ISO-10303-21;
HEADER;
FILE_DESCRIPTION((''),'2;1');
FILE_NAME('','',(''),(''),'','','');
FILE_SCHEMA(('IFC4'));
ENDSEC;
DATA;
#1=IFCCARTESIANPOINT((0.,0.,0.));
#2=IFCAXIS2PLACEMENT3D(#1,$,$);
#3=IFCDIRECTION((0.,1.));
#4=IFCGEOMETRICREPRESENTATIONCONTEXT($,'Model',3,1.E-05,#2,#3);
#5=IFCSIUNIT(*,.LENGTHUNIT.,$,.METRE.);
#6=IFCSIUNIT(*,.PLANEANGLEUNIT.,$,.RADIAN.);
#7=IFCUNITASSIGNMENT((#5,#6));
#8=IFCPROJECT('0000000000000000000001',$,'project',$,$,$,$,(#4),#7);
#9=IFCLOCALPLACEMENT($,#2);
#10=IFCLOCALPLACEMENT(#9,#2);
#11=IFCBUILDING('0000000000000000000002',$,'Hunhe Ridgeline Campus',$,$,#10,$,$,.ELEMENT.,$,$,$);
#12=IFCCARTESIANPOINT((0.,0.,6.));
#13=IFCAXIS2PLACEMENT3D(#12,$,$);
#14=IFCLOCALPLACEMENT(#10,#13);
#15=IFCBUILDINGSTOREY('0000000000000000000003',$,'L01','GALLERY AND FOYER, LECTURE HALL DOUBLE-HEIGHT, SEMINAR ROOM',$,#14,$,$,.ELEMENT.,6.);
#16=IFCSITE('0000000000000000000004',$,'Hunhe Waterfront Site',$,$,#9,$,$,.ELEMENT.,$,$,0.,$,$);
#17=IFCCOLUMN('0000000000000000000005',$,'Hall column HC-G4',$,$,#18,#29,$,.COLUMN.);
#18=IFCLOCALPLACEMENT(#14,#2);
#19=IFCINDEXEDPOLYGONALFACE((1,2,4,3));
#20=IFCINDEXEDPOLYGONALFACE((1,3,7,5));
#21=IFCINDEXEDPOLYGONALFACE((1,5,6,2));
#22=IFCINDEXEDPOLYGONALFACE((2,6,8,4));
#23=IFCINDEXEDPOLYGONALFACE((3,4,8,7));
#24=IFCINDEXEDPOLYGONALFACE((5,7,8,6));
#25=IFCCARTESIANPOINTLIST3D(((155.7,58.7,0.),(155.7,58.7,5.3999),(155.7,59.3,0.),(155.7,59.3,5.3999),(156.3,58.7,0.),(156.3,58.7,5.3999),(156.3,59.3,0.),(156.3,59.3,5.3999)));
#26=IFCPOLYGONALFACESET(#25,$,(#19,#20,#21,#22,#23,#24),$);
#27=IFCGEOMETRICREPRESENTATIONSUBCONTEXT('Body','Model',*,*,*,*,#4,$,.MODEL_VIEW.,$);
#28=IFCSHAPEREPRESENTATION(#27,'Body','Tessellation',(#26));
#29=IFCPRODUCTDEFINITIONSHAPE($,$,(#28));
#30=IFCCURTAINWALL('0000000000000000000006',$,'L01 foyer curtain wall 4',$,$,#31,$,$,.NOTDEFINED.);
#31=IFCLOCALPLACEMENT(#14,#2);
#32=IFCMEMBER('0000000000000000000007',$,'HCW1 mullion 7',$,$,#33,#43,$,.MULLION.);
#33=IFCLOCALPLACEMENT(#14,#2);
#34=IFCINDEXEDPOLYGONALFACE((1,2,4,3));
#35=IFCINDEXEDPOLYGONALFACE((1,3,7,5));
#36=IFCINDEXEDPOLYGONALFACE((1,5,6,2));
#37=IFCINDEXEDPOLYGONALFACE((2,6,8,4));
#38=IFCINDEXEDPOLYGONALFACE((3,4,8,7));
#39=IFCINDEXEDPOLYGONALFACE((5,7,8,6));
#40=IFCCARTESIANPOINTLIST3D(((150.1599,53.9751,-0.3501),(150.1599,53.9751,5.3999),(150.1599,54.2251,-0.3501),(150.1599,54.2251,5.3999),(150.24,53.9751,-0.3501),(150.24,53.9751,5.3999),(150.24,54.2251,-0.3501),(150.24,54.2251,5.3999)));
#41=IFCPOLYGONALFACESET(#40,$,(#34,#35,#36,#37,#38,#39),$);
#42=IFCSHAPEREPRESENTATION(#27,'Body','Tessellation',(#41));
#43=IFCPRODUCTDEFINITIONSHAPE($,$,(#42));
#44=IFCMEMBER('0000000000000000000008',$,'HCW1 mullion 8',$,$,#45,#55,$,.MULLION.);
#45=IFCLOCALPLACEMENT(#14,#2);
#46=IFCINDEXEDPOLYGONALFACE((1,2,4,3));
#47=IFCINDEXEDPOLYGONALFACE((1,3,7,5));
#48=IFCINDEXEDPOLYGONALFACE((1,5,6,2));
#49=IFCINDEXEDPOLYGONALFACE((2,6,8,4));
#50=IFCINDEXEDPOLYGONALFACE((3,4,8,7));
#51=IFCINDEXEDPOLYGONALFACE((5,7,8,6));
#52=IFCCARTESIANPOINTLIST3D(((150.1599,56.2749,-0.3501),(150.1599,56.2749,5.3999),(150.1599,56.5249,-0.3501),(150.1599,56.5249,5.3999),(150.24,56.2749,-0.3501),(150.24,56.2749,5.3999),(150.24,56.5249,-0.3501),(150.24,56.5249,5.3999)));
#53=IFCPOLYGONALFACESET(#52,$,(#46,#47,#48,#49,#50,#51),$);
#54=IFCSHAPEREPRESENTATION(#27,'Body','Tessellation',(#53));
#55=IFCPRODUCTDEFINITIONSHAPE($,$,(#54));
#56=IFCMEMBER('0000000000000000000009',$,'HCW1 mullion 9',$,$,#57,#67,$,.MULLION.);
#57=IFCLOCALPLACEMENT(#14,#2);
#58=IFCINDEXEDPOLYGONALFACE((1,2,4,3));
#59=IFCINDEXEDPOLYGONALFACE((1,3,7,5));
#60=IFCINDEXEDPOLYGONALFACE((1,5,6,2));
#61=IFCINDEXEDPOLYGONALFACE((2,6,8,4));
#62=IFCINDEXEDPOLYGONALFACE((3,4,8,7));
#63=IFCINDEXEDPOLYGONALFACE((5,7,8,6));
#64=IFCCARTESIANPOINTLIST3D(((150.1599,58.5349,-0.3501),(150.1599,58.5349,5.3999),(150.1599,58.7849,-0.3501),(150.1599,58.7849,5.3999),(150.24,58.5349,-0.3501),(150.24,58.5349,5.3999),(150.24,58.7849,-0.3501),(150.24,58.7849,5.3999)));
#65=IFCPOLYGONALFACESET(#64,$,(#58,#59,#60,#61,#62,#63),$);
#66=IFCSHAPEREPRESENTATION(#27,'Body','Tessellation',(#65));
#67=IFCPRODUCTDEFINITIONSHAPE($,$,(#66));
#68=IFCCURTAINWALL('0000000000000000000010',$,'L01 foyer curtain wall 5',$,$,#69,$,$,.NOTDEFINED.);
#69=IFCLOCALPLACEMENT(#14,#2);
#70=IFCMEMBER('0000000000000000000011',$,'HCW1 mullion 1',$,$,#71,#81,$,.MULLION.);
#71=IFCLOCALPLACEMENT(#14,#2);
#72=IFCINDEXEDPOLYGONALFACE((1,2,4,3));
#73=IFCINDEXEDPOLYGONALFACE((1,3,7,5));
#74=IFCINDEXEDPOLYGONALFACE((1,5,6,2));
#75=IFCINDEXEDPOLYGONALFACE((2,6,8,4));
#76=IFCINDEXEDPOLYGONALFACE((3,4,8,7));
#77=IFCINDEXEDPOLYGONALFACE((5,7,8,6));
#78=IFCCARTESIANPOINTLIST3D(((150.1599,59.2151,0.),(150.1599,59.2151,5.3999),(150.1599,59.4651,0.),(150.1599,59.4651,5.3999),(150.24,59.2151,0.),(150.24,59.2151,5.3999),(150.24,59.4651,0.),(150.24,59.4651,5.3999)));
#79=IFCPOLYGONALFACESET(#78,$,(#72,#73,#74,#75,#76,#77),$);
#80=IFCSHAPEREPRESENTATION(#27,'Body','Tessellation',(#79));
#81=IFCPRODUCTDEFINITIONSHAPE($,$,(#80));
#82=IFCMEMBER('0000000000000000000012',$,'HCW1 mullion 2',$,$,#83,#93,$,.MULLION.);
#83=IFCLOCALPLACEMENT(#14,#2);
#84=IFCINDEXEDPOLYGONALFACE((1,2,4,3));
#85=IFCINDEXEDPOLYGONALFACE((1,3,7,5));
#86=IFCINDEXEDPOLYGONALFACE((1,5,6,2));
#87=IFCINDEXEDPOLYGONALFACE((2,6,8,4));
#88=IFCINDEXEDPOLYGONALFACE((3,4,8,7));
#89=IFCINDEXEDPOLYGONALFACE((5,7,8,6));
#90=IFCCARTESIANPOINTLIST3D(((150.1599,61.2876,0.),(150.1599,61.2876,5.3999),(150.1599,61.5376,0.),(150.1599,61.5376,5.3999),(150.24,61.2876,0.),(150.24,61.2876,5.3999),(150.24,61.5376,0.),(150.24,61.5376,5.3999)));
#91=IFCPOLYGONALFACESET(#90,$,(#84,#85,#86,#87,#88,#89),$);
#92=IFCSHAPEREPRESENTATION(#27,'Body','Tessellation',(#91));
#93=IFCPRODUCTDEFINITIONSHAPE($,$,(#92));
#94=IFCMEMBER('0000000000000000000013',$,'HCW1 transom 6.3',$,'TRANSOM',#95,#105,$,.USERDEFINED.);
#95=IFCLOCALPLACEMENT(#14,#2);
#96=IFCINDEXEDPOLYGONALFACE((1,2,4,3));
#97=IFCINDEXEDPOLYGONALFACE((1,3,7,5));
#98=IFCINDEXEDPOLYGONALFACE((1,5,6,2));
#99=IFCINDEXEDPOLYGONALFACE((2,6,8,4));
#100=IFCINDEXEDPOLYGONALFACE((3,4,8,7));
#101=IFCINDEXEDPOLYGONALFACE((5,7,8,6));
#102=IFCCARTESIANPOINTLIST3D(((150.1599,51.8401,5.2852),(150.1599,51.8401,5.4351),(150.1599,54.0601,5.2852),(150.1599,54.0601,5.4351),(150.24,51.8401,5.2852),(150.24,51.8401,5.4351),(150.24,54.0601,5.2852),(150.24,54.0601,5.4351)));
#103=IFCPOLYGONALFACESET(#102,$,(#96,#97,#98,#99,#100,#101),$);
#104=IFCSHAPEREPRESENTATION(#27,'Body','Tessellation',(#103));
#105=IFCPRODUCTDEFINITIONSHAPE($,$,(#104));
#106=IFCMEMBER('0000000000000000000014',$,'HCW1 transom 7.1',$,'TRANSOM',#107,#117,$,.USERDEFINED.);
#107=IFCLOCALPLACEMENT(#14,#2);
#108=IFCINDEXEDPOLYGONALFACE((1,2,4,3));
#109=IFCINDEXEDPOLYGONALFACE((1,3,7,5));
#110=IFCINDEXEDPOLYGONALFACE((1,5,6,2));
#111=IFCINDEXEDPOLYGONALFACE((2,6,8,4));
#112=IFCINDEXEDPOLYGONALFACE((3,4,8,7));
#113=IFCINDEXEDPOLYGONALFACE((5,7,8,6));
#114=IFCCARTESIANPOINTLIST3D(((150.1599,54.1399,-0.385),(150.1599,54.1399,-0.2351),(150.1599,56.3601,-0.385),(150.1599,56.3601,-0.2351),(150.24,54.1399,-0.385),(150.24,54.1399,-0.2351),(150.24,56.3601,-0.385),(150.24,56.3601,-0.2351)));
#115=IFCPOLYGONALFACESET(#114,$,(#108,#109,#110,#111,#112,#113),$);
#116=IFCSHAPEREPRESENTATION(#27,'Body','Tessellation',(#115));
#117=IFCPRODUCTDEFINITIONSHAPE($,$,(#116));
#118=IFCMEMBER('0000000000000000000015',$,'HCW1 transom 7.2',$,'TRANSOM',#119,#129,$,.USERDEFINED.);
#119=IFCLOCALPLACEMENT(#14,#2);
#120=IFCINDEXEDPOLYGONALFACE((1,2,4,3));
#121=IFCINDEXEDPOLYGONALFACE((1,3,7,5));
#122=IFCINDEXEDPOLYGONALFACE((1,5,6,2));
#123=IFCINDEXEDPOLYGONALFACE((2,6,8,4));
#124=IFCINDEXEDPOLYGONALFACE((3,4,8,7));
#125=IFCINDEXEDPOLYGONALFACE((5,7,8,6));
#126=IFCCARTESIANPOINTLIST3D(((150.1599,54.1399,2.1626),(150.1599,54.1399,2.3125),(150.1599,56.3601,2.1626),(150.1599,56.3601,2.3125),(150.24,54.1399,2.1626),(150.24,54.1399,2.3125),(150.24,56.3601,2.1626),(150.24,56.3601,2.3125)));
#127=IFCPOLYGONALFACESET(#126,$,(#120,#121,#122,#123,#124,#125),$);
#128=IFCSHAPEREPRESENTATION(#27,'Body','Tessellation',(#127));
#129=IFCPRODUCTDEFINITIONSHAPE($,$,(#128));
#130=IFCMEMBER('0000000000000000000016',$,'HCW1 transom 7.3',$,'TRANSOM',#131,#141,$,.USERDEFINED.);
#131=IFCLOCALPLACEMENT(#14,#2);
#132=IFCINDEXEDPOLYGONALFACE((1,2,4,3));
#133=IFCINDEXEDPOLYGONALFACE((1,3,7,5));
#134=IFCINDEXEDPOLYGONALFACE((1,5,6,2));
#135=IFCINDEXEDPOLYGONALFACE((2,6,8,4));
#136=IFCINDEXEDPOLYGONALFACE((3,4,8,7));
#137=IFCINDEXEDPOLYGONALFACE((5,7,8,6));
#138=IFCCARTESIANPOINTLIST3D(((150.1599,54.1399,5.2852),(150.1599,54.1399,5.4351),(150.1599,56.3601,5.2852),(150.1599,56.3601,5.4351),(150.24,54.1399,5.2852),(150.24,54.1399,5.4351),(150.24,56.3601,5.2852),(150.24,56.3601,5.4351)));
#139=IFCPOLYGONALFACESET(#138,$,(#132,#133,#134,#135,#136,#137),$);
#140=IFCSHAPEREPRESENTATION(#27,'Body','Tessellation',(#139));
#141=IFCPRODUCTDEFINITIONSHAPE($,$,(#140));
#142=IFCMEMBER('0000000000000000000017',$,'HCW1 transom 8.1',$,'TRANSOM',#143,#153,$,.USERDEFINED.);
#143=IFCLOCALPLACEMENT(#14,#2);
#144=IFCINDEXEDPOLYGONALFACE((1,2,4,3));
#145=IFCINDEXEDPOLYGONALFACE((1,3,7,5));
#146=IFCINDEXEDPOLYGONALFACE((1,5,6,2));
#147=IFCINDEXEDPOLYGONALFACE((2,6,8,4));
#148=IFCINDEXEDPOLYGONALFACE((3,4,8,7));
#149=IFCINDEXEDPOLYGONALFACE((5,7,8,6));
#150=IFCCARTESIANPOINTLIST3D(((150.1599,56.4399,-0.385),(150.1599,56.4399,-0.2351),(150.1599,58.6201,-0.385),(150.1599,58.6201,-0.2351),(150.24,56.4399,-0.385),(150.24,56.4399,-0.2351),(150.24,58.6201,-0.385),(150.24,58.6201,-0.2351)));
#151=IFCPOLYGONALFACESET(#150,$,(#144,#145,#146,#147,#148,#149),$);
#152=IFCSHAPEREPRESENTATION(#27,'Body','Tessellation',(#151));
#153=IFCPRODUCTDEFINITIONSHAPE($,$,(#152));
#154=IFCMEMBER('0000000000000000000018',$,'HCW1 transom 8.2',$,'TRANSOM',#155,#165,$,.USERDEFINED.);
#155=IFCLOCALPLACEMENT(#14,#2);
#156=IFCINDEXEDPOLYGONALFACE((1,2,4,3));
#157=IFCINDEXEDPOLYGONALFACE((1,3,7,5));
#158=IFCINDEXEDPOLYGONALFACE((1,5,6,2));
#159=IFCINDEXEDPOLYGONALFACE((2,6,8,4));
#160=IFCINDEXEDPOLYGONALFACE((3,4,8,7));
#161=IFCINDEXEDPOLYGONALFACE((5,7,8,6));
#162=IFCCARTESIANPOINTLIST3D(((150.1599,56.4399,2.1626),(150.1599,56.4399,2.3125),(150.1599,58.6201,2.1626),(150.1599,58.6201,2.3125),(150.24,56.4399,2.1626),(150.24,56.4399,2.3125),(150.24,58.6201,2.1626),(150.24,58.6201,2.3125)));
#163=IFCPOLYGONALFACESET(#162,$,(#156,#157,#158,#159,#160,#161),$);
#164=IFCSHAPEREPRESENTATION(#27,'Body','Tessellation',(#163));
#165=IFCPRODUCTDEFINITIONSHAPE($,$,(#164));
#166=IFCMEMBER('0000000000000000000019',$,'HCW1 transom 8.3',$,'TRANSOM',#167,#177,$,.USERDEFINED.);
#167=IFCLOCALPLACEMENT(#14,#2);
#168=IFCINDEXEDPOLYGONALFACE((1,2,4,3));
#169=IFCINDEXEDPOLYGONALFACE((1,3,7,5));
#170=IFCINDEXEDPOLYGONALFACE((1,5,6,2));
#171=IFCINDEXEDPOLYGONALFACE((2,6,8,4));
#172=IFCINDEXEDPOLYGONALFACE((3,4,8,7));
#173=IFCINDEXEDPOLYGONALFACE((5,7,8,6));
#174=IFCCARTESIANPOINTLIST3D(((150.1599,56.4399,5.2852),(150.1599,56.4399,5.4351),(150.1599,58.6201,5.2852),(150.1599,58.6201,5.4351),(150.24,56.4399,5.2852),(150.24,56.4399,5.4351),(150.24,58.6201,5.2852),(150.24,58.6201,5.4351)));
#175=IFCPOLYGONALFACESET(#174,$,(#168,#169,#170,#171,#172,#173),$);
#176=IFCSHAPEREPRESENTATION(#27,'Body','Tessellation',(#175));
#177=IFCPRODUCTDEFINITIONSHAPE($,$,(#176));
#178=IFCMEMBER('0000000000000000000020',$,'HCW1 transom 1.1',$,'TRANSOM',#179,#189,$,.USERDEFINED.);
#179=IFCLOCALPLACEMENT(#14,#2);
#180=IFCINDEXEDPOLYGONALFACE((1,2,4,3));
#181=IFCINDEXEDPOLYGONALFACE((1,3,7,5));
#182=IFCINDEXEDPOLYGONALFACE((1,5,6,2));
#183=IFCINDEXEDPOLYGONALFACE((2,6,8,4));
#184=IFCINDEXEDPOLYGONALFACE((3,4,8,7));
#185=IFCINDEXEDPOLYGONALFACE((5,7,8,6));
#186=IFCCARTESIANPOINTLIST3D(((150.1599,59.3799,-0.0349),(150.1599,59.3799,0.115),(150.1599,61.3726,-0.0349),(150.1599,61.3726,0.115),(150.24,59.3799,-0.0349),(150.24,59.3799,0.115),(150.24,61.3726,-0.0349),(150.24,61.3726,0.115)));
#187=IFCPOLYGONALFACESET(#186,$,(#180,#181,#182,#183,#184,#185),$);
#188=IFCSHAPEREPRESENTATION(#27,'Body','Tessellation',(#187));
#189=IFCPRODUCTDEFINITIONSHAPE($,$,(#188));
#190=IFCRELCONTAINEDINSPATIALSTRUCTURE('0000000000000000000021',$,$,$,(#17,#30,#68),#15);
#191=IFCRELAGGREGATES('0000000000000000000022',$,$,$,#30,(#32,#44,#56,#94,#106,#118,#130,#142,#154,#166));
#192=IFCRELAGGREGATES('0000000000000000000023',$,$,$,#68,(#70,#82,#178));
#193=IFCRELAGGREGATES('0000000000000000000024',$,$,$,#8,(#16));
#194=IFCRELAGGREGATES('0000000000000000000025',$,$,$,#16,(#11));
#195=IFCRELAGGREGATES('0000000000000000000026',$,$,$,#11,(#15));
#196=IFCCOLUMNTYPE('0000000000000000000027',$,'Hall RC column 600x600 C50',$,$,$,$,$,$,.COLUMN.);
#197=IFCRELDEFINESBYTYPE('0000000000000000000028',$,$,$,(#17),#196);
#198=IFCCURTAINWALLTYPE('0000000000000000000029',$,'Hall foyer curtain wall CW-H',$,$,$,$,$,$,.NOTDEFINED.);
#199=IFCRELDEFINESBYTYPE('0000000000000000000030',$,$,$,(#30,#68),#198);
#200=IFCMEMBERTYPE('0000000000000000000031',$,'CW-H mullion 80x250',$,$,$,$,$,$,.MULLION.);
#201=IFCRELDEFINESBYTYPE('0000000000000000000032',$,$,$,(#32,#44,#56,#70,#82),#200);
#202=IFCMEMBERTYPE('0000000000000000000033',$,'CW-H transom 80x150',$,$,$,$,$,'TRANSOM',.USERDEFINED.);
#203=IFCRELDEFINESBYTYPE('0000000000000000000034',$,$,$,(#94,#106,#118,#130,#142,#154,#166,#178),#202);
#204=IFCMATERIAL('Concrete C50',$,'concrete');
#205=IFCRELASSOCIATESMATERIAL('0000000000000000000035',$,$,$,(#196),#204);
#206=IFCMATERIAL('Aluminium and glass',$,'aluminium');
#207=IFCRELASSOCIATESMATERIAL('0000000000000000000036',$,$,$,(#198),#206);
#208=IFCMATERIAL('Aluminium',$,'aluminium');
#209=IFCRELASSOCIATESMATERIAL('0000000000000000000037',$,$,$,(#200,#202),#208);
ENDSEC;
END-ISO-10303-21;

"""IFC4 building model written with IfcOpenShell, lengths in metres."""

from ifc_helpers import new_model, si_unit, direction, frame, origin, origin_2d, place, context, subcontext, project, spatial, rectangle, extrude, material, material_profile, profile_set, type_object, element, aggregate, save


model = new_model("IFC4")

# Units and contexts
model_context = context("Model", 3, precision=1e-05, world=origin(), true_north=direction((0.0, 1.0)))
body_context = subcontext(model_context, "Body", "Model", "MODEL_VIEW")
ifc_project = project(units=[si_unit("LENGTHUNIT", "METRE"), si_unit("PLANEANGLEUNIT", "RADIAN")], contexts=[model_context])

# Site, building, storey
site_placement = place(None, origin())
site = spatial("IfcSite", under=ifc_project, at=site_placement, Name="Hunhe Waterfront Site", CompositionType="ELEMENT", RefElevation=0.0)
building_placement = place(site_placement, origin())
building = spatial("IfcBuilding", under=site, at=building_placement, Name="Hunhe Ridgeline Campus", CompositionType="ELEMENT")
storey_placement = place(building_placement, frame((0.0, 0.0, 6.0)))
storey = spatial("IfcBuildingStorey", under=building, at=storey_placement, Name="L01", Description="GALLERY AND FOYER, LECTURE HALL DOUBLE-HEIGHT, SEMINAR ROOM", CompositionType="ELEMENT", Elevation=6.0)

# Column
ifc_material_1 = material(Name="Concrete C50", Category="concrete")
ifc_material_profile_1 = material_profile(ifc_material_1, rectangle(XDim=0.6001, YDim=0.6001, at=origin_2d()))
ifc_profile_set_1 = profile_set([ifc_material_profile_1], Name="Concrete C50")
column_type = type_object("IfcColumnType", Name="Hall RC column 600x600 C50", PredefinedType="COLUMN", material=ifc_profile_set_1)
column_placement = place(storey_placement, frame((156.0, 59.0, 0.0), z_axis=(0.0, 0.0, 1.0), x_axis=(1.0, 0.0, 0.0)))
element("IfcColumn", 1, at=column_placement, inside=storey, type_object=column_type, Name="Hall column HC-G4", PredefinedType="COLUMN", context=body_context, shape_type="SweptSolid", body=[
    extrude(rectangle(XDim=0.6001, YDim=0.6001, at=origin_2d()), origin(), (0.0, 0.0, 1.0), 5.3999),
])

# Curtain walls, members
ifc_material_2 = material(Name="Aluminium and glass", Category="aluminium")
curtain_wall_type = type_object("IfcCurtainWallType", Name="Hall foyer curtain wall CW-H", PredefinedType="NOTDEFINED", material=ifc_material_2)
curtain_wall_1_placement = place(storey_placement, origin())
curtain_wall_1 = element("IfcCurtainWall", 2, at=curtain_wall_1_placement, inside=storey, type_object=curtain_wall_type, Name="L01 foyer curtain wall 4", PredefinedType="NOTDEFINED")
ifc_material_3 = material(Name="Aluminium", Category="aluminium")
ifc_material_profile_2 = material_profile(ifc_material_3, rectangle(XDim=0.0801, YDim=0.25, at=origin_2d()))
ifc_profile_set_2 = profile_set([ifc_material_profile_2], Name="Aluminium")
member_type_1 = type_object("IfcMemberType", Name="CW-H mullion 80x250", PredefinedType="MULLION", material=ifc_profile_set_2)
member_1_placement = place(storey_placement, frame((150.2, 54.1001, -0.3501), z_axis=(0.0, 0.0, 1.0), x_axis=(-1.0, 0.0, 0.0)))
member_1 = element("IfcMember", 3, at=member_1_placement, type_object=member_type_1, Name="HCW1 mullion 7", PredefinedType="MULLION", context=body_context, shape_type="SweptSolid", body=[
    extrude(rectangle(XDim=0.0801, YDim=0.25, at=origin_2d()), origin(), (0.0, 0.0, 1.0), 5.75),
])
member_2_placement = place(storey_placement, frame((150.2, 56.3999, -0.3501), z_axis=(0.0, 0.0, 1.0), x_axis=(-1.0, 0.0, 0.0)))
member_2 = element("IfcMember", 4, at=member_2_placement, type_object=member_type_1, Name="HCW1 mullion 8", PredefinedType="MULLION", context=body_context, shape_type="SweptSolid", body=[
    extrude(rectangle(XDim=0.0801, YDim=0.25, at=origin_2d()), origin(), (0.0, 0.0, 1.0), 5.75),
])
member_3_placement = place(storey_placement, frame((150.2, 58.6599, -0.3501), z_axis=(0.0, 0.0, 1.0), x_axis=(-1.0, 0.0, 0.0)))
member_3 = element("IfcMember", 5, at=member_3_placement, type_object=member_type_1, Name="HCW1 mullion 9", PredefinedType="MULLION", context=body_context, shape_type="SweptSolid", body=[
    extrude(rectangle(XDim=0.0801, YDim=0.25, at=origin_2d()), origin(), (0.0, 0.0, 1.0), 5.75),
])
curtain_wall_2_placement = place(storey_placement, origin())
curtain_wall_2 = element("IfcCurtainWall", 6, at=curtain_wall_2_placement, inside=storey, type_object=curtain_wall_type, Name="L01 foyer curtain wall 5", PredefinedType="NOTDEFINED")
member_4_placement = place(storey_placement, frame((150.2, 59.3401, 0.0), z_axis=(0.0, 0.0, 1.0), x_axis=(-1.0, 0.0, 0.0)))
member_4 = element("IfcMember", 7, at=member_4_placement, type_object=member_type_1, Name="HCW1 mullion 1", PredefinedType="MULLION", context=body_context, shape_type="SweptSolid", body=[
    extrude(rectangle(XDim=0.0801, YDim=0.25, at=origin_2d()), origin(), (0.0, 0.0, 1.0), 5.3999),
])
member_5_placement = place(storey_placement, frame((150.2, 61.4126, 0.0), z_axis=(0.0, 0.0, 1.0), x_axis=(-1.0, 0.0, 0.0)))
member_5 = element("IfcMember", 8, at=member_5_placement, type_object=member_type_1, Name="HCW1 mullion 2", PredefinedType="MULLION", context=body_context, shape_type="SweptSolid", body=[
    extrude(rectangle(XDim=0.0801, YDim=0.25, at=origin_2d()), origin(), (0.0, 0.0, 1.0), 5.3999),
])

# Members
ifc_material_profile_3 = material_profile(ifc_material_3, rectangle(XDim=0.0801, YDim=0.1499, at=origin_2d()))
ifc_profile_set_3 = profile_set([ifc_material_profile_3], Name="Aluminium")
member_type_2 = type_object("IfcMemberType", Name="CW-H transom 80x150", ElementType="TRANSOM", PredefinedType="USERDEFINED", material=ifc_profile_set_3)
member_6_placement = place(storey_placement, frame((150.2, 51.8401, 5.3601), z_axis=(0.0, 1.0, 0.0), x_axis=(-1.0, 0.0, 0.0)))
member_6 = element("IfcMember", 9, at=member_6_placement, type_object=member_type_2, Name="HCW1 transom 6.3", ObjectType="TRANSOM", PredefinedType="USERDEFINED", context=body_context, shape_type="SweptSolid", body=[
    extrude(rectangle(XDim=0.0801, YDim=0.1499, at=origin_2d()), origin(), (0.0, 0.0, 1.0), 2.22),
])
member_7_placement = place(storey_placement, frame((150.2, 54.1399, -0.3101), z_axis=(0.0, 1.0, 0.0), x_axis=(-1.0, 0.0, 0.0)))
member_7 = element("IfcMember", 10, at=member_7_placement, type_object=member_type_2, Name="HCW1 transom 7.1", ObjectType="TRANSOM", PredefinedType="USERDEFINED", context=body_context, shape_type="SweptSolid", body=[
    extrude(rectangle(XDim=0.0801, YDim=0.1499, at=origin_2d()), origin(), (0.0, 0.0, 1.0), 2.2202),
])
member_8_placement = place(storey_placement, frame((150.2, 54.1399, 2.2375), z_axis=(0.0, 1.0, 0.0), x_axis=(-1.0, 0.0, 0.0)))
member_8 = element("IfcMember", 11, at=member_8_placement, type_object=member_type_2, Name="HCW1 transom 7.2", ObjectType="TRANSOM", PredefinedType="USERDEFINED", context=body_context, shape_type="SweptSolid", body=[
    extrude(rectangle(XDim=0.0801, YDim=0.1499, at=origin_2d()), origin(), (0.0, 0.0, 1.0), 2.2202),
])
member_9_placement = place(storey_placement, frame((150.2, 54.1399, 5.3601), z_axis=(0.0, 1.0, 0.0), x_axis=(-1.0, 0.0, 0.0)))
member_9 = element("IfcMember", 12, at=member_9_placement, type_object=member_type_2, Name="HCW1 transom 7.3", ObjectType="TRANSOM", PredefinedType="USERDEFINED", context=body_context, shape_type="SweptSolid", body=[
    extrude(rectangle(XDim=0.0801, YDim=0.1499, at=origin_2d()), origin(), (0.0, 0.0, 1.0), 2.2202),
])
member_10_placement = place(storey_placement, frame((150.2, 56.4399, -0.3101), z_axis=(0.0, 1.0, 0.0), x_axis=(-1.0, 0.0, 0.0)))
member_10 = element("IfcMember", 13, at=member_10_placement, type_object=member_type_2, Name="HCW1 transom 8.1", ObjectType="TRANSOM", PredefinedType="USERDEFINED", context=body_context, shape_type="SweptSolid", body=[
    extrude(rectangle(XDim=0.0801, YDim=0.1499, at=origin_2d()), origin(), (0.0, 0.0, 1.0), 2.1802),
])
member_11_placement = place(storey_placement, frame((150.2, 56.4399, 2.2375), z_axis=(0.0, 1.0, 0.0), x_axis=(-1.0, 0.0, 0.0)))
member_11 = element("IfcMember", 14, at=member_11_placement, type_object=member_type_2, Name="HCW1 transom 8.2", ObjectType="TRANSOM", PredefinedType="USERDEFINED", context=body_context, shape_type="SweptSolid", body=[
    extrude(rectangle(XDim=0.0801, YDim=0.1499, at=origin_2d()), origin(), (0.0, 0.0, 1.0), 2.1802),
])
member_12_placement = place(storey_placement, frame((150.2, 56.4399, 5.3601), z_axis=(0.0, 1.0, 0.0), x_axis=(-1.0, 0.0, 0.0)))
member_12 = element("IfcMember", 15, at=member_12_placement, type_object=member_type_2, Name="HCW1 transom 8.3", ObjectType="TRANSOM", PredefinedType="USERDEFINED", context=body_context, shape_type="SweptSolid", body=[
    extrude(rectangle(XDim=0.0801, YDim=0.1499, at=origin_2d()), origin(), (0.0, 0.0, 1.0), 2.1802),
])
member_13_placement = place(storey_placement, frame((150.2, 59.3799, 0.04), z_axis=(0.0, 1.0, 0.0), x_axis=(-1.0, 0.0, 0.0)))
member_13 = element("IfcMember", 16, at=member_13_placement, type_object=member_type_2, Name="HCW1 transom 1.1", ObjectType="TRANSOM", PredefinedType="USERDEFINED", context=body_context, shape_type="SweptSolid", body=[
    extrude(rectangle(XDim=0.0801, YDim=0.1499, at=origin_2d()), origin(), (0.0, 0.0, 1.0), 1.9927),
])

aggregate(curtain_wall_1, [member_1, member_2, member_3, member_6, member_7, member_8, member_9, member_10, member_11, member_12])
aggregate(curtain_wall_2, [member_4, member_5, member_13])

save(model, "model.ifc")
